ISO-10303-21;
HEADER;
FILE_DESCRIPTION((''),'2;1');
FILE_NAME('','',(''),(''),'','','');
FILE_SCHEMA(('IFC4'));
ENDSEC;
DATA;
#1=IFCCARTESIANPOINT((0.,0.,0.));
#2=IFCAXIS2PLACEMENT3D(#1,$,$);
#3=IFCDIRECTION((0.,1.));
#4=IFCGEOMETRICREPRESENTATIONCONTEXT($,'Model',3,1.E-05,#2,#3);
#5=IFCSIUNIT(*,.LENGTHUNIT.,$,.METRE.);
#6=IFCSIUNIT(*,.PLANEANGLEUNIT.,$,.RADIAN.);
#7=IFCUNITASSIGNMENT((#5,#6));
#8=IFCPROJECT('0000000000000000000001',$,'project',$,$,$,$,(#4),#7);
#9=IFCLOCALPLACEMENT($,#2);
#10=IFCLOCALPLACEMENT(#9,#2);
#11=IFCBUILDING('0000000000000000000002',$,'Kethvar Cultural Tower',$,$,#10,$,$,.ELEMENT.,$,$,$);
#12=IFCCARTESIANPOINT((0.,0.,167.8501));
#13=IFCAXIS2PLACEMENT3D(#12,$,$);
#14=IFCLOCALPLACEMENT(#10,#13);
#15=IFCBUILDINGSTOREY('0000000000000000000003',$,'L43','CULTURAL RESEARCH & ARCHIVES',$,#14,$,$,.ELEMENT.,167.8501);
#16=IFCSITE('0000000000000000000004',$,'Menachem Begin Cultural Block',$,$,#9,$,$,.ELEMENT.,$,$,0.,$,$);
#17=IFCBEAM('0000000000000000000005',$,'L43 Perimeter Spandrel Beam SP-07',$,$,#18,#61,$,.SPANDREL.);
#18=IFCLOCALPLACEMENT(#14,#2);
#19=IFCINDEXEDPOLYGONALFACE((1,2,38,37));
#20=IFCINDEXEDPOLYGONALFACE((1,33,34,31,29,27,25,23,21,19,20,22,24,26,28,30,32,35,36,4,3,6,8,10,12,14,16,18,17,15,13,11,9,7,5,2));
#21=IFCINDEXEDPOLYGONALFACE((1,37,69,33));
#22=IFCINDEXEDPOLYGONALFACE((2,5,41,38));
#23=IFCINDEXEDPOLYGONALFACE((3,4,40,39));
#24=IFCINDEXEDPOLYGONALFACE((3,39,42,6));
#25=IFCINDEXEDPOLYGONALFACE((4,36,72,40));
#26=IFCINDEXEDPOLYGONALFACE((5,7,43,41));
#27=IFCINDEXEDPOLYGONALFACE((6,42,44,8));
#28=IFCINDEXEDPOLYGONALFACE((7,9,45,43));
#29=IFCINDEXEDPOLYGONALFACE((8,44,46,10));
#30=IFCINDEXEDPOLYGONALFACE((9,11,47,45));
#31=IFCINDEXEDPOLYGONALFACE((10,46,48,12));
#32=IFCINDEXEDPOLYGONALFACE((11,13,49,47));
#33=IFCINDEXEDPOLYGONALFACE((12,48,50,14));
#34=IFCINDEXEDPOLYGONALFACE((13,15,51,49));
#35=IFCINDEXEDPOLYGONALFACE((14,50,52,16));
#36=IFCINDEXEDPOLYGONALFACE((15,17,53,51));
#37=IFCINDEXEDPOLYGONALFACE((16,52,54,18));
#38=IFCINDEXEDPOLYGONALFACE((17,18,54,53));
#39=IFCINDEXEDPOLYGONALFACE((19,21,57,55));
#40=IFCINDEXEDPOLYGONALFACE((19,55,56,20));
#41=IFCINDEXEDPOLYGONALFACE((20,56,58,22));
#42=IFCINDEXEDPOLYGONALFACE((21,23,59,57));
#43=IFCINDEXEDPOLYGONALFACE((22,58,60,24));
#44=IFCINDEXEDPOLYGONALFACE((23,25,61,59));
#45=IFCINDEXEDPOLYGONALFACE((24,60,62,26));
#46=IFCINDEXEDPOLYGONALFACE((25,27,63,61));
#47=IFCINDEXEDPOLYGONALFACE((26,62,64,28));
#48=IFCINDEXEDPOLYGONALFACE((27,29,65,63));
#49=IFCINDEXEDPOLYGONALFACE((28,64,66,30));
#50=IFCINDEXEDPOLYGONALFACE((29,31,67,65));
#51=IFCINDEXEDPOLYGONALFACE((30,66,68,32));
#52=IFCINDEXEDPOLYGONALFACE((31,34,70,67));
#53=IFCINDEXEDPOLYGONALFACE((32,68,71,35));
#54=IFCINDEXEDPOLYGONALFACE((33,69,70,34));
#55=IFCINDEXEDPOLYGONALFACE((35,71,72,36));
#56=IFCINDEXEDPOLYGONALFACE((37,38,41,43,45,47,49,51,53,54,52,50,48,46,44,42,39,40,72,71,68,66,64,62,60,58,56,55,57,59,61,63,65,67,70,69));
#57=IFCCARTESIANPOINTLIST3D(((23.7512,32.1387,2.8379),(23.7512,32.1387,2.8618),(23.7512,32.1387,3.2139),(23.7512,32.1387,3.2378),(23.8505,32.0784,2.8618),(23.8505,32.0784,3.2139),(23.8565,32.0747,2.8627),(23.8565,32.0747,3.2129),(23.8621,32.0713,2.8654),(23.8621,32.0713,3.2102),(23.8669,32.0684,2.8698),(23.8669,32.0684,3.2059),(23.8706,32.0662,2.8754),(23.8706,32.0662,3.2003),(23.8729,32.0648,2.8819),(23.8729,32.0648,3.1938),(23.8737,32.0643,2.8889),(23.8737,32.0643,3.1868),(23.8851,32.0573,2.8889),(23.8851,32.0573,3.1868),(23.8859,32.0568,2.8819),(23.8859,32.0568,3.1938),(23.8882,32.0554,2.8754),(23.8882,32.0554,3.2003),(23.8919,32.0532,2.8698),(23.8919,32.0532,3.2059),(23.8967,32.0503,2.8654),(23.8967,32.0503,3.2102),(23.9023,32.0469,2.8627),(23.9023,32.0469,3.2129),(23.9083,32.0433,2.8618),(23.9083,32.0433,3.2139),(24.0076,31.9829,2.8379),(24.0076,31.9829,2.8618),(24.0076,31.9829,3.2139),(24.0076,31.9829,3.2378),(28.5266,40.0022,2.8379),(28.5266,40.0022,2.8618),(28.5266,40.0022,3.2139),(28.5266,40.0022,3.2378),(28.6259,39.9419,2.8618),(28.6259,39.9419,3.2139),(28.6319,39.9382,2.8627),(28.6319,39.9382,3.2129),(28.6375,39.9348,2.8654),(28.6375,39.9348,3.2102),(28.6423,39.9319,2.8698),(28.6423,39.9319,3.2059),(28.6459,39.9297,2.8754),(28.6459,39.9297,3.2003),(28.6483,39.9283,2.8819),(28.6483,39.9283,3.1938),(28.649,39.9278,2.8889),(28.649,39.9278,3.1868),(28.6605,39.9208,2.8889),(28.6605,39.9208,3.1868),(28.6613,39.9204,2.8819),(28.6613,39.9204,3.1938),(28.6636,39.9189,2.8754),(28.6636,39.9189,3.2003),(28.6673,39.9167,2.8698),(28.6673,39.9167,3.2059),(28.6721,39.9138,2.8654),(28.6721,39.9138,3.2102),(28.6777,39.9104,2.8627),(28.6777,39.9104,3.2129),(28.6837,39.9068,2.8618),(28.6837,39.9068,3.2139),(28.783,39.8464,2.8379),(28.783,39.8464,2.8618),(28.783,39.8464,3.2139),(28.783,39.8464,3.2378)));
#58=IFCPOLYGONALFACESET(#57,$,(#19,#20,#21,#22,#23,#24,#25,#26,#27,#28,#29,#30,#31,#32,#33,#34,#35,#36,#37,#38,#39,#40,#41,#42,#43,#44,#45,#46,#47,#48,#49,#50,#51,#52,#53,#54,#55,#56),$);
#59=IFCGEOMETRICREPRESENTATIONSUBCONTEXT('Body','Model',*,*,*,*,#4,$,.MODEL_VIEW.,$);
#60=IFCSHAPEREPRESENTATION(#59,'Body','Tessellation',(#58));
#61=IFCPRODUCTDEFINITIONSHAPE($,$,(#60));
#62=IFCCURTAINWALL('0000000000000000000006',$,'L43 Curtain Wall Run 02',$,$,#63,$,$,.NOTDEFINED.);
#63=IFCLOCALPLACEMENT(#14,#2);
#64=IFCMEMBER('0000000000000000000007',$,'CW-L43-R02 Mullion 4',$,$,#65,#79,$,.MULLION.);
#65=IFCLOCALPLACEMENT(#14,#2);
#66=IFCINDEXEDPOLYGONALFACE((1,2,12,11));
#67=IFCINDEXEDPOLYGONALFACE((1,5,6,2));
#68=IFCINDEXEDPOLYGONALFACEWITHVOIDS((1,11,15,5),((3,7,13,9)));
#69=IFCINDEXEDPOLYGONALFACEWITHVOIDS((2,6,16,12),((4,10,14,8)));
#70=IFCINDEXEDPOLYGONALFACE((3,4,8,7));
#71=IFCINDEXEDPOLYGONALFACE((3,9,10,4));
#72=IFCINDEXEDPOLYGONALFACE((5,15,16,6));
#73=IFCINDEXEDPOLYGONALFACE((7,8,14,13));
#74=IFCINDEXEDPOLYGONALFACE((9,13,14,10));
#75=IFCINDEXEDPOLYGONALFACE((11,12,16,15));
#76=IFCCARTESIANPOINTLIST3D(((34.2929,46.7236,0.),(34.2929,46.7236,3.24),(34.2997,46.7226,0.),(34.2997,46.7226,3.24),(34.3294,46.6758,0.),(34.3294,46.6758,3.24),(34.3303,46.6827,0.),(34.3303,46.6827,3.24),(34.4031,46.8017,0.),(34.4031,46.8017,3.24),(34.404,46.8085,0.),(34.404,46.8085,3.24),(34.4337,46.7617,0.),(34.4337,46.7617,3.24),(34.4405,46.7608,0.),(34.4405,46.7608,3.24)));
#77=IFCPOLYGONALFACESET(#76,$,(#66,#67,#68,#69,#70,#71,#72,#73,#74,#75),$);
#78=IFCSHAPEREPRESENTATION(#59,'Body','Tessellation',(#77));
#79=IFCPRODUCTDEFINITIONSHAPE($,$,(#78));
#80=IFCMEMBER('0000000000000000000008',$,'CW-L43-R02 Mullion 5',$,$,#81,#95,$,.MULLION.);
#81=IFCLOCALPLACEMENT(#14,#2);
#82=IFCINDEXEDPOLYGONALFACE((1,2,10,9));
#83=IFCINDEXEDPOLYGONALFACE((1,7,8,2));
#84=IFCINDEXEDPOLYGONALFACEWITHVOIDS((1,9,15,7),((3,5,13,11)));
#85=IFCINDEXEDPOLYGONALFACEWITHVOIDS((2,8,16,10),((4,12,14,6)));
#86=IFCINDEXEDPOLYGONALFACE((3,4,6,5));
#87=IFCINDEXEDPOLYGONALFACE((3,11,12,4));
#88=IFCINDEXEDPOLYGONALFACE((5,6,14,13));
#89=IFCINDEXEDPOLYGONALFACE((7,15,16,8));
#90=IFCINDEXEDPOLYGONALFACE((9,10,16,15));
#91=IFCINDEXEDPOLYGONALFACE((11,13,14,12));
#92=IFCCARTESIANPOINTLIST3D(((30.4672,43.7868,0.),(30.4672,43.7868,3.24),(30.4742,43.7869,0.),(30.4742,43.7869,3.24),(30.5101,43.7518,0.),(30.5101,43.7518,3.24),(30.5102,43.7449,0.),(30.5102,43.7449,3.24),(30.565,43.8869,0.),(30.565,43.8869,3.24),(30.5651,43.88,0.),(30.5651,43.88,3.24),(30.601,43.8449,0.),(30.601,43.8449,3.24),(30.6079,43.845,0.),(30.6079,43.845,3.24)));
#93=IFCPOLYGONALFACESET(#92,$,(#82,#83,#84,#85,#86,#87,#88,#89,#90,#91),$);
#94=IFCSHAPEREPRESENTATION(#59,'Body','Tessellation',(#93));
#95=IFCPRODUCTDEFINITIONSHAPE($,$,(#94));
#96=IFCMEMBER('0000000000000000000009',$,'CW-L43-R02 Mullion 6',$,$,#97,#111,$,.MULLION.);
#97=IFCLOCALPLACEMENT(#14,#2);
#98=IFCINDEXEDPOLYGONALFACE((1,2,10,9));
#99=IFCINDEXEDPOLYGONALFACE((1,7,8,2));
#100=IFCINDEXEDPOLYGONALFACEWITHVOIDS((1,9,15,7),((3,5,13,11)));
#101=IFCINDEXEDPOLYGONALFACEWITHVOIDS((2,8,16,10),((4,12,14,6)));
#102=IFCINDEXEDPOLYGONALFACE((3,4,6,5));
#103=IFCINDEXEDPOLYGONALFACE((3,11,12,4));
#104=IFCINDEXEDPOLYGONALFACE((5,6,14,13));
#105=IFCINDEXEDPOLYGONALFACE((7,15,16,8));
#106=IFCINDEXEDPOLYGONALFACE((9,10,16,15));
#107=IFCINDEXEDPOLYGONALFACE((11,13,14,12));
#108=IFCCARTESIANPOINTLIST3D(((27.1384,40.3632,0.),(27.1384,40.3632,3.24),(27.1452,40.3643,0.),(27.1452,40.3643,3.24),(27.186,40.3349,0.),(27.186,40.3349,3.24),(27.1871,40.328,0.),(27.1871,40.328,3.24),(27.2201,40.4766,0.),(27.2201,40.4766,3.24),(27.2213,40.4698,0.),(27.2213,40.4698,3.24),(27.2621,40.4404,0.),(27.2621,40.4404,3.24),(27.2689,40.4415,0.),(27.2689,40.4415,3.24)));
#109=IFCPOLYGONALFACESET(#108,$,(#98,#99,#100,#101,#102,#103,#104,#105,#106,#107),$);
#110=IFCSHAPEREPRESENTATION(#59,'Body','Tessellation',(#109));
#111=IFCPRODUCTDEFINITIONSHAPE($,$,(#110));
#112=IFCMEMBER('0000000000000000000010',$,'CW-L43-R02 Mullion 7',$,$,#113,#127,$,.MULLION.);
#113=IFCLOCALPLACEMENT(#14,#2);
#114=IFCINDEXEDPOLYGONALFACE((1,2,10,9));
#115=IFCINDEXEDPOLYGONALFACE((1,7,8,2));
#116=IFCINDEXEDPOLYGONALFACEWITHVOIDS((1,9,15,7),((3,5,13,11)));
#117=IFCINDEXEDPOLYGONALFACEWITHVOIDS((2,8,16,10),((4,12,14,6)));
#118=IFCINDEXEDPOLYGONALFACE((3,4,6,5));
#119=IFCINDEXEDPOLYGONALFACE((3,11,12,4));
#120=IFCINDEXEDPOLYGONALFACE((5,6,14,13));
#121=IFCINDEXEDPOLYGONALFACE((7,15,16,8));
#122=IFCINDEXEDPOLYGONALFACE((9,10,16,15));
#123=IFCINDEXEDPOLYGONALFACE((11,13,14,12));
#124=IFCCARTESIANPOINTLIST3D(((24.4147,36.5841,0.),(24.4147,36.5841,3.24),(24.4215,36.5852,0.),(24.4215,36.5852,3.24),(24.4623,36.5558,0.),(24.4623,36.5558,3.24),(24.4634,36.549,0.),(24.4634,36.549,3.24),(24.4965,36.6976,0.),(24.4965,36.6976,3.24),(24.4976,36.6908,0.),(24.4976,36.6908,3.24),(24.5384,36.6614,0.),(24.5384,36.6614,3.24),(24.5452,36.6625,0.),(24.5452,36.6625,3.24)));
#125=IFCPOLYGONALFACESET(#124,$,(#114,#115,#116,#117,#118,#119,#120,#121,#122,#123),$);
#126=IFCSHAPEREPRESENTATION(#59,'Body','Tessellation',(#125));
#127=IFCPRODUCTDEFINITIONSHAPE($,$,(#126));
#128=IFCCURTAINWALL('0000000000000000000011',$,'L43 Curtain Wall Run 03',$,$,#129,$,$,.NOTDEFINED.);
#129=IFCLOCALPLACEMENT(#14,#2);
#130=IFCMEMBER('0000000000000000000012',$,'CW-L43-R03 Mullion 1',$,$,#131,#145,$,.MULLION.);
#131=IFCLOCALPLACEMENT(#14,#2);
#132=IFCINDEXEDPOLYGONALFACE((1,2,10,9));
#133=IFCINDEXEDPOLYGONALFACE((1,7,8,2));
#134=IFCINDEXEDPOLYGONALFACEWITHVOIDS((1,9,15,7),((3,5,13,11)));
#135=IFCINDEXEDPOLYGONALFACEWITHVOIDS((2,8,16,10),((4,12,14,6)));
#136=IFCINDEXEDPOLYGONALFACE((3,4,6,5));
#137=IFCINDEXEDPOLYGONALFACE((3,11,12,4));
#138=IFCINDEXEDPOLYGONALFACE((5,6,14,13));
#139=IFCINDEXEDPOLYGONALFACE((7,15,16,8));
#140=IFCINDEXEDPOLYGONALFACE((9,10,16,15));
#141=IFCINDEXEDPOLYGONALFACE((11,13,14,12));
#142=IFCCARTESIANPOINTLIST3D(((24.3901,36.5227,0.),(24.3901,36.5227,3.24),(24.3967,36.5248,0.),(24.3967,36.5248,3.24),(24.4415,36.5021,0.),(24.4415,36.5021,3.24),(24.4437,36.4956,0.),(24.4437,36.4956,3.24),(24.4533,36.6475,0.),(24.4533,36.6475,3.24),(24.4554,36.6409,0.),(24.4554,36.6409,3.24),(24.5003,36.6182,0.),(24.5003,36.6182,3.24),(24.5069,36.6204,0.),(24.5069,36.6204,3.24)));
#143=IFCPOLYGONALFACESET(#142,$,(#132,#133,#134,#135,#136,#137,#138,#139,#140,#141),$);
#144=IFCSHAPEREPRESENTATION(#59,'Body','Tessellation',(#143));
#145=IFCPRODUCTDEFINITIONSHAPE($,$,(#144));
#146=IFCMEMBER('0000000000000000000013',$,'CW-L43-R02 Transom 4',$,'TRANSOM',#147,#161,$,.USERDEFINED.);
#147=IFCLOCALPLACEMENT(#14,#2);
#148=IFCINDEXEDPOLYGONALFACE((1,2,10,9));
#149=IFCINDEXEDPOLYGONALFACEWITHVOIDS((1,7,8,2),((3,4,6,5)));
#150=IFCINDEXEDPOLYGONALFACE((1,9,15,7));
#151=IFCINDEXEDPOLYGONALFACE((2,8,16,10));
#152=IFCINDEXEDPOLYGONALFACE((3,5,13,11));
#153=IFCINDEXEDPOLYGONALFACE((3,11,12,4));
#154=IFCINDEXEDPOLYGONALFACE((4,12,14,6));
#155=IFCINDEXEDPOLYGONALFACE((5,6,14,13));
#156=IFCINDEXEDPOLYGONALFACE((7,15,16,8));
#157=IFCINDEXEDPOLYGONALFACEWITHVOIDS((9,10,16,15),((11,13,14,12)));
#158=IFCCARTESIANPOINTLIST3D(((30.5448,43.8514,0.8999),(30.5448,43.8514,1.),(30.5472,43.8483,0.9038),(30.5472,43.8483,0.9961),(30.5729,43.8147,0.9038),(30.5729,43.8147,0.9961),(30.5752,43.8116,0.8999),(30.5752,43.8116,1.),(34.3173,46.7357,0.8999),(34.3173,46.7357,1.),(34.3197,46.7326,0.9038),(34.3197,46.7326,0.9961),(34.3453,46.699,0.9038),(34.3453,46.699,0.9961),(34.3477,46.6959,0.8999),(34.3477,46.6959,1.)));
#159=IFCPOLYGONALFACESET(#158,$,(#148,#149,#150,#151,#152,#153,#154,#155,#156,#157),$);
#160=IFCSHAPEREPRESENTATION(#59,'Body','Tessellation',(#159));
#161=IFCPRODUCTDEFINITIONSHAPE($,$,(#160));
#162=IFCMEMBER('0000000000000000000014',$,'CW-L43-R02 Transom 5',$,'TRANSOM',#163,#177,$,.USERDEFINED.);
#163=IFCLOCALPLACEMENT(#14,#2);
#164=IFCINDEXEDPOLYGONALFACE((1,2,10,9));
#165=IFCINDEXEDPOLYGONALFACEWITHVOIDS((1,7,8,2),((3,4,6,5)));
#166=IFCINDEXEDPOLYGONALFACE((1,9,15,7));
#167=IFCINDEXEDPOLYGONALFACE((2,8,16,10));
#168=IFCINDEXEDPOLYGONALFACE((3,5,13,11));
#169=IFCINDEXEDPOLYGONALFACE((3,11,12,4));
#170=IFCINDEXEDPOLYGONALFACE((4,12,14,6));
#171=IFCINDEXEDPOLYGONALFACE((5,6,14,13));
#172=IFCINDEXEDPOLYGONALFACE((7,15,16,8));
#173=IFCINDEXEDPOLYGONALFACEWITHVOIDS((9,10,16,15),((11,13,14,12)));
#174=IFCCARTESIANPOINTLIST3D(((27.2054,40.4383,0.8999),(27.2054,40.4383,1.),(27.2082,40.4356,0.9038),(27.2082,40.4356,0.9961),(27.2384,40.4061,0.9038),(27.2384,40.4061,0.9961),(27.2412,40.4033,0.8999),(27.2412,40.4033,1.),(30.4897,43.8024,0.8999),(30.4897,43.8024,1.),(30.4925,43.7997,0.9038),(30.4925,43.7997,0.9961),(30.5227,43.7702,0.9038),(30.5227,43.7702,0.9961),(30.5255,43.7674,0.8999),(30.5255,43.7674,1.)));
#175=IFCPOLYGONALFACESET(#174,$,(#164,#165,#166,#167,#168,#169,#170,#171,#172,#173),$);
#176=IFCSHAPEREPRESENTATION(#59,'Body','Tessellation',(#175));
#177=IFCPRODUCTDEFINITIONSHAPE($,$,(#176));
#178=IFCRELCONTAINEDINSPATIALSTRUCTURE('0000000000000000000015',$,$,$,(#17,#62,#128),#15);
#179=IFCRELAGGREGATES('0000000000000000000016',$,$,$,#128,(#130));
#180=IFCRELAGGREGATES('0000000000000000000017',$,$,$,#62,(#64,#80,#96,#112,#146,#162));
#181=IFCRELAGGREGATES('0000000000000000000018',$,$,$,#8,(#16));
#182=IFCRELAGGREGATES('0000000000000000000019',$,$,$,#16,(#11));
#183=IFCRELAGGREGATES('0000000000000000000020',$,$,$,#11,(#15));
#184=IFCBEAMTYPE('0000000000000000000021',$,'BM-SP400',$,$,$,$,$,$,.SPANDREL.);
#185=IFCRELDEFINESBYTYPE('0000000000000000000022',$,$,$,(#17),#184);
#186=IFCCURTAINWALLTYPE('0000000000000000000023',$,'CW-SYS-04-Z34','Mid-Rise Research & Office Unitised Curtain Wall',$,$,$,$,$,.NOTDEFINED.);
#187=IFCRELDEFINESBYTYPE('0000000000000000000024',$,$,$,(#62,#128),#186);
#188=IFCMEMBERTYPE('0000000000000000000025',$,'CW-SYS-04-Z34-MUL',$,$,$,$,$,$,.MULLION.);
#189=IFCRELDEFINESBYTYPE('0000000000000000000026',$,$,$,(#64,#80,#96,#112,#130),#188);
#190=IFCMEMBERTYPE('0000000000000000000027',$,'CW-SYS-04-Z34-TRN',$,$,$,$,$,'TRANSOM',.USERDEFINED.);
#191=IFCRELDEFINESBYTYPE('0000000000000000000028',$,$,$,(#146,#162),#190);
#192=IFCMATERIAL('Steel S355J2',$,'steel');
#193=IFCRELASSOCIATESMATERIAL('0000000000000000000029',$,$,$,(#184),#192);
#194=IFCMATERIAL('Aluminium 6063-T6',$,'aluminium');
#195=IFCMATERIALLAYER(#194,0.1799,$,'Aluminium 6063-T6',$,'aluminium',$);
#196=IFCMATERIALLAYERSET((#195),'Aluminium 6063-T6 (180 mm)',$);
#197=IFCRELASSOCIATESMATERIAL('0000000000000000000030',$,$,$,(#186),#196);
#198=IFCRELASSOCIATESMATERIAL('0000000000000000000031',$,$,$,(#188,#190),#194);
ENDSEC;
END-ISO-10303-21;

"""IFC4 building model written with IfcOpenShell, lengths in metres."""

from ifc_helpers import new_model, si_unit, direction, frame, origin, origin_2d, place, context, subcontext, project, spatial, hollow_rectangle, i_section, extrude, source, transform, mapped, material, layer, layer_set, material_profile, profile_set, type_object, element, aggregate, save


model = new_model("IFC4")

# Units and contexts
model_context = context("Model", 3, precision=1e-05, world=origin(), true_north=direction((0.0, 1.0)))
body_context = subcontext(model_context, "Body", "Model", "MODEL_VIEW")
ifc_project = project(units=[si_unit("LENGTHUNIT", "METRE"), si_unit("PLANEANGLEUNIT", "RADIAN")], contexts=[model_context])

# Site, building, storey
site_placement = place(None, origin())
site = spatial("IfcSite", under=ifc_project, at=site_placement, Name="Menachem Begin Cultural Block", CompositionType="ELEMENT", RefElevation=0.0)
building_placement = place(site_placement, origin())
building = spatial("IfcBuilding", under=site, at=building_placement, Name="Kethvar Cultural Tower", CompositionType="ELEMENT")
storey_placement = place(building_placement, frame((0.0, 0.0, 167.8501)))
storey = spatial("IfcBuildingStorey", under=building, at=storey_placement, Name="L43", Description="CULTURAL RESEARCH & ARCHIVES", CompositionType="ELEMENT", Elevation=167.8501)

# Beam
ifc_material_1 = material(Name="Steel S355J2", Category="steel")
ifc_material_profile_1 = material_profile(ifc_material_1, i_section(OverallWidth=0.3, OverallDepth=0.3999, WebThickness=0.0134, FlangeThickness=0.0239, FilletRadius=0.0271, at=origin_2d()), Name="Steel S355J2 — HEB400")
ifc_profile_set_1 = profile_set([ifc_material_profile_1], Name="Steel S355J2 — HEB400")
beam_type_1 = type_object("IfcBeamType", Name="BM-SP400", PredefinedType="SPANDREL", material=ifc_profile_set_1)
shared_shape_1 = source(origin(), body_context, "Body", "SweptSolid", [
    extrude(i_section(OverallWidth=0.3, OverallDepth=0.3999, WebThickness=0.0134, FlangeThickness=0.0239, FilletRadius=0.0271, at=origin_2d()), origin(), (0.0, 0.0, 1.0), 9.2),
])
beam_1_placement = place(storey_placement, frame((28.6548, 39.9243, 3.0378), z_axis=(-0.519066, -0.854734, 0.0), x_axis=(0.854734, -0.519066, 0.0)))
element("IfcBeam", 1, at=beam_1_placement, inside=storey, type_object=beam_type_1, Name="L43 Perimeter Spandrel Beam SP-07", PredefinedType="SPANDREL", context=body_context, shape_type="MappedRepresentation", body=[
    mapped(shared_shape_1, transform((0.0, 0.0, 0.0), scale=1.0)),
])

# Curtain wall, members
ifc_material_2 = material(Name="Aluminium 6063-T6", Category="aluminium")
ifc_layer_1 = layer(ifc_material_2, 0.1799, Name="Aluminium 6063-T6", Category="aluminium")
ifc_layer_set_1 = layer_set([ifc_layer_1], Name="Aluminium 6063-T6 (180 mm)")
curtain_wall_type = type_object("IfcCurtainWallType", Name="CW-SYS-04-Z34", Description="Mid-Rise Research & Office Unitised Curtain Wall", PredefinedType="NOTDEFINED", material=ifc_layer_set_1)
curtain_wall_1_placement = place(storey_placement, origin())
curtain_wall_1 = element("IfcCurtainWall", 2, at=curtain_wall_1_placement, inside=storey, type_object=curtain_wall_type, Name="L43 Curtain Wall Run 02", PredefinedType="NOTDEFINED")
ifc_material_profile_2 = material_profile(ifc_material_2, hollow_rectangle(XDim=0.0601, YDim=0.1399, WallThickness=0.0049, at=origin_2d()), Name="Aluminium 6063-T6 — RHS140x60x5")
ifc_profile_set_2 = profile_set([ifc_material_profile_2], Name="Aluminium 6063-T6 — RHS140x60x5")
member_type_1 = type_object("IfcMemberType", Name="CW-SYS-04-Z34-MUL", PredefinedType="MULLION", material=ifc_profile_set_2)
shared_shape_2 = source(origin(), body_context, "Body", "SweptSolid", [
    extrude(hollow_rectangle(XDim=0.0601, YDim=0.1399, WallThickness=0.0049, at=origin_2d()), origin(), (0.0, 0.0, 1.0), 3.24),
])
member_1_placement = place(storey_placement, frame((34.3667, 46.7422, 0.0), z_axis=(0.0, 0.0, 1.0), x_axis=(0.607404, -0.794393, 0.0)))
member_1 = element("IfcMember", 3, at=member_1_placement, type_object=member_type_1, Name="CW-L43-R02 Mullion 4", PredefinedType="MULLION", context=body_context, shape_type="MappedRepresentation", body=[
    mapped(shared_shape_2, transform((0.0, 0.0, 0.0), scale=1.0)),
])
member_2_placement = place(storey_placement, frame((30.5376, 43.8159, 0.0), z_axis=(0.0, 0.0, 1.0), x_axis=(0.715559, -0.698553, 0.0)))
member_2 = element("IfcMember", 4, at=member_2_placement, type_object=member_type_1, Name="CW-L43-R02 Mullion 5", PredefinedType="MULLION", context=body_context, shape_type="MappedRepresentation", body=[
    mapped(shared_shape_2, transform((0.0, 0.0, 0.0), scale=1.0)),
])
member_3_placement = place(storey_placement, frame((27.2036, 40.4023, 0.0), z_axis=(0.0, 0.0, 1.0), x_axis=(0.811258, -0.584689, 0.0)))
member_3 = element("IfcMember", 5, at=member_3_placement, type_object=member_type_1, Name="CW-L43-R02 Mullion 6", PredefinedType="MULLION", context=body_context, shape_type="MappedRepresentation", body=[
    mapped(shared_shape_2, transform((0.0, 0.0, 0.0), scale=1.0)),
])
member_4_placement = place(storey_placement, frame((24.48, 36.6233, 0.0), z_axis=(0.0, 0.0, 1.0), x_axis=(0.811258, -0.584689, 0.0)))
member_4 = element("IfcMember", 6, at=member_4_placement, type_object=member_type_1, Name="CW-L43-R02 Mullion 7", PredefinedType="MULLION", context=body_context, shape_type="MappedRepresentation", body=[
    mapped(shared_shape_2, transform((0.0, 0.0, 0.0), scale=1.0)),
])

# Curtain wall, member
curtain_wall_2_placement = place(storey_placement, origin())
curtain_wall_2 = element("IfcCurtainWall", 7, at=curtain_wall_2_placement, inside=storey, type_object=curtain_wall_type, Name="L43 Curtain Wall Run 03", PredefinedType="NOTDEFINED")
member_5_placement = place(storey_placement, frame((24.4485, 36.5715, 0.0), z_axis=(0.0, 0.0, 1.0), x_axis=(0.892239, -0.451563, 0.0)))
member_5 = element("IfcMember", 8, at=member_5_placement, type_object=member_type_1, Name="CW-L43-R03 Mullion 1", PredefinedType="MULLION", context=body_context, shape_type="MappedRepresentation", body=[
    mapped(shared_shape_2, transform((0.0, 0.0, 0.0), scale=1.0)),
])

# Members
ifc_material_profile_3 = material_profile(ifc_material_2, hollow_rectangle(XDim=0.05, YDim=0.1001, WallThickness=0.0039, at=origin_2d()), Name="Aluminium 6063-T6 — RHS100x50x4")
ifc_profile_set_3 = profile_set([ifc_material_profile_3], Name="Aluminium 6063-T6 — RHS100x50x4")
member_type_2 = type_object("IfcMemberType", Name="CW-SYS-04-Z34-TRN", ElementType="TRANSOM", PredefinedType="USERDEFINED", material=ifc_profile_set_3)
shared_shape_3 = source(origin(), body_context, "Body", "SweptSolid", [
    extrude(hollow_rectangle(XDim=0.05, YDim=0.1001, WallThickness=0.0039, at=origin_2d()), origin(), (0.0, 0.0, 1.0), 4.7488),
])
member_6_placement = place(storey_placement, frame((34.3325, 46.7158, 0.95), z_axis=(-0.794413, -0.607378, 0.0), x_axis=(0.607378, -0.794413, 0.0)))
member_6 = element("IfcMember", 9, at=member_6_placement, type_object=member_type_2, Name="CW-L43-R02 Transom 4", ObjectType="TRANSOM", PredefinedType="USERDEFINED", context=body_context, shape_type="MappedRepresentation", body=[
    mapped(shared_shape_3, transform((0.0, 0.0, 0.0), scale=1.0)),
])
shared_shape_4 = source(origin(), body_context, "Body", "SweptSolid", [
    extrude(hollow_rectangle(XDim=0.05, YDim=0.1001, WallThickness=0.0039, at=origin_2d()), origin(), (0.0, 0.0, 1.0), 4.7014),
])
member_7_placement = place(storey_placement, frame((30.5076, 43.7849, 0.95), z_axis=(-0.698565, -0.715546, 0.0), x_axis=(0.715546, -0.698565, 0.0)))
member_7 = element("IfcMember", 10, at=member_7_placement, type_object=member_type_2, Name="CW-L43-R02 Transom 5", ObjectType="TRANSOM", PredefinedType="USERDEFINED", context=body_context, shape_type="MappedRepresentation", body=[
    mapped(shared_shape_4, transform((0.0, 0.0, 0.0), scale=1.0)),
])
aggregate(curtain_wall_2, [member_5])

aggregate(curtain_wall_1, [member_1, member_2, member_3, member_4, member_6, member_7])

save(model, "model.ifc")
